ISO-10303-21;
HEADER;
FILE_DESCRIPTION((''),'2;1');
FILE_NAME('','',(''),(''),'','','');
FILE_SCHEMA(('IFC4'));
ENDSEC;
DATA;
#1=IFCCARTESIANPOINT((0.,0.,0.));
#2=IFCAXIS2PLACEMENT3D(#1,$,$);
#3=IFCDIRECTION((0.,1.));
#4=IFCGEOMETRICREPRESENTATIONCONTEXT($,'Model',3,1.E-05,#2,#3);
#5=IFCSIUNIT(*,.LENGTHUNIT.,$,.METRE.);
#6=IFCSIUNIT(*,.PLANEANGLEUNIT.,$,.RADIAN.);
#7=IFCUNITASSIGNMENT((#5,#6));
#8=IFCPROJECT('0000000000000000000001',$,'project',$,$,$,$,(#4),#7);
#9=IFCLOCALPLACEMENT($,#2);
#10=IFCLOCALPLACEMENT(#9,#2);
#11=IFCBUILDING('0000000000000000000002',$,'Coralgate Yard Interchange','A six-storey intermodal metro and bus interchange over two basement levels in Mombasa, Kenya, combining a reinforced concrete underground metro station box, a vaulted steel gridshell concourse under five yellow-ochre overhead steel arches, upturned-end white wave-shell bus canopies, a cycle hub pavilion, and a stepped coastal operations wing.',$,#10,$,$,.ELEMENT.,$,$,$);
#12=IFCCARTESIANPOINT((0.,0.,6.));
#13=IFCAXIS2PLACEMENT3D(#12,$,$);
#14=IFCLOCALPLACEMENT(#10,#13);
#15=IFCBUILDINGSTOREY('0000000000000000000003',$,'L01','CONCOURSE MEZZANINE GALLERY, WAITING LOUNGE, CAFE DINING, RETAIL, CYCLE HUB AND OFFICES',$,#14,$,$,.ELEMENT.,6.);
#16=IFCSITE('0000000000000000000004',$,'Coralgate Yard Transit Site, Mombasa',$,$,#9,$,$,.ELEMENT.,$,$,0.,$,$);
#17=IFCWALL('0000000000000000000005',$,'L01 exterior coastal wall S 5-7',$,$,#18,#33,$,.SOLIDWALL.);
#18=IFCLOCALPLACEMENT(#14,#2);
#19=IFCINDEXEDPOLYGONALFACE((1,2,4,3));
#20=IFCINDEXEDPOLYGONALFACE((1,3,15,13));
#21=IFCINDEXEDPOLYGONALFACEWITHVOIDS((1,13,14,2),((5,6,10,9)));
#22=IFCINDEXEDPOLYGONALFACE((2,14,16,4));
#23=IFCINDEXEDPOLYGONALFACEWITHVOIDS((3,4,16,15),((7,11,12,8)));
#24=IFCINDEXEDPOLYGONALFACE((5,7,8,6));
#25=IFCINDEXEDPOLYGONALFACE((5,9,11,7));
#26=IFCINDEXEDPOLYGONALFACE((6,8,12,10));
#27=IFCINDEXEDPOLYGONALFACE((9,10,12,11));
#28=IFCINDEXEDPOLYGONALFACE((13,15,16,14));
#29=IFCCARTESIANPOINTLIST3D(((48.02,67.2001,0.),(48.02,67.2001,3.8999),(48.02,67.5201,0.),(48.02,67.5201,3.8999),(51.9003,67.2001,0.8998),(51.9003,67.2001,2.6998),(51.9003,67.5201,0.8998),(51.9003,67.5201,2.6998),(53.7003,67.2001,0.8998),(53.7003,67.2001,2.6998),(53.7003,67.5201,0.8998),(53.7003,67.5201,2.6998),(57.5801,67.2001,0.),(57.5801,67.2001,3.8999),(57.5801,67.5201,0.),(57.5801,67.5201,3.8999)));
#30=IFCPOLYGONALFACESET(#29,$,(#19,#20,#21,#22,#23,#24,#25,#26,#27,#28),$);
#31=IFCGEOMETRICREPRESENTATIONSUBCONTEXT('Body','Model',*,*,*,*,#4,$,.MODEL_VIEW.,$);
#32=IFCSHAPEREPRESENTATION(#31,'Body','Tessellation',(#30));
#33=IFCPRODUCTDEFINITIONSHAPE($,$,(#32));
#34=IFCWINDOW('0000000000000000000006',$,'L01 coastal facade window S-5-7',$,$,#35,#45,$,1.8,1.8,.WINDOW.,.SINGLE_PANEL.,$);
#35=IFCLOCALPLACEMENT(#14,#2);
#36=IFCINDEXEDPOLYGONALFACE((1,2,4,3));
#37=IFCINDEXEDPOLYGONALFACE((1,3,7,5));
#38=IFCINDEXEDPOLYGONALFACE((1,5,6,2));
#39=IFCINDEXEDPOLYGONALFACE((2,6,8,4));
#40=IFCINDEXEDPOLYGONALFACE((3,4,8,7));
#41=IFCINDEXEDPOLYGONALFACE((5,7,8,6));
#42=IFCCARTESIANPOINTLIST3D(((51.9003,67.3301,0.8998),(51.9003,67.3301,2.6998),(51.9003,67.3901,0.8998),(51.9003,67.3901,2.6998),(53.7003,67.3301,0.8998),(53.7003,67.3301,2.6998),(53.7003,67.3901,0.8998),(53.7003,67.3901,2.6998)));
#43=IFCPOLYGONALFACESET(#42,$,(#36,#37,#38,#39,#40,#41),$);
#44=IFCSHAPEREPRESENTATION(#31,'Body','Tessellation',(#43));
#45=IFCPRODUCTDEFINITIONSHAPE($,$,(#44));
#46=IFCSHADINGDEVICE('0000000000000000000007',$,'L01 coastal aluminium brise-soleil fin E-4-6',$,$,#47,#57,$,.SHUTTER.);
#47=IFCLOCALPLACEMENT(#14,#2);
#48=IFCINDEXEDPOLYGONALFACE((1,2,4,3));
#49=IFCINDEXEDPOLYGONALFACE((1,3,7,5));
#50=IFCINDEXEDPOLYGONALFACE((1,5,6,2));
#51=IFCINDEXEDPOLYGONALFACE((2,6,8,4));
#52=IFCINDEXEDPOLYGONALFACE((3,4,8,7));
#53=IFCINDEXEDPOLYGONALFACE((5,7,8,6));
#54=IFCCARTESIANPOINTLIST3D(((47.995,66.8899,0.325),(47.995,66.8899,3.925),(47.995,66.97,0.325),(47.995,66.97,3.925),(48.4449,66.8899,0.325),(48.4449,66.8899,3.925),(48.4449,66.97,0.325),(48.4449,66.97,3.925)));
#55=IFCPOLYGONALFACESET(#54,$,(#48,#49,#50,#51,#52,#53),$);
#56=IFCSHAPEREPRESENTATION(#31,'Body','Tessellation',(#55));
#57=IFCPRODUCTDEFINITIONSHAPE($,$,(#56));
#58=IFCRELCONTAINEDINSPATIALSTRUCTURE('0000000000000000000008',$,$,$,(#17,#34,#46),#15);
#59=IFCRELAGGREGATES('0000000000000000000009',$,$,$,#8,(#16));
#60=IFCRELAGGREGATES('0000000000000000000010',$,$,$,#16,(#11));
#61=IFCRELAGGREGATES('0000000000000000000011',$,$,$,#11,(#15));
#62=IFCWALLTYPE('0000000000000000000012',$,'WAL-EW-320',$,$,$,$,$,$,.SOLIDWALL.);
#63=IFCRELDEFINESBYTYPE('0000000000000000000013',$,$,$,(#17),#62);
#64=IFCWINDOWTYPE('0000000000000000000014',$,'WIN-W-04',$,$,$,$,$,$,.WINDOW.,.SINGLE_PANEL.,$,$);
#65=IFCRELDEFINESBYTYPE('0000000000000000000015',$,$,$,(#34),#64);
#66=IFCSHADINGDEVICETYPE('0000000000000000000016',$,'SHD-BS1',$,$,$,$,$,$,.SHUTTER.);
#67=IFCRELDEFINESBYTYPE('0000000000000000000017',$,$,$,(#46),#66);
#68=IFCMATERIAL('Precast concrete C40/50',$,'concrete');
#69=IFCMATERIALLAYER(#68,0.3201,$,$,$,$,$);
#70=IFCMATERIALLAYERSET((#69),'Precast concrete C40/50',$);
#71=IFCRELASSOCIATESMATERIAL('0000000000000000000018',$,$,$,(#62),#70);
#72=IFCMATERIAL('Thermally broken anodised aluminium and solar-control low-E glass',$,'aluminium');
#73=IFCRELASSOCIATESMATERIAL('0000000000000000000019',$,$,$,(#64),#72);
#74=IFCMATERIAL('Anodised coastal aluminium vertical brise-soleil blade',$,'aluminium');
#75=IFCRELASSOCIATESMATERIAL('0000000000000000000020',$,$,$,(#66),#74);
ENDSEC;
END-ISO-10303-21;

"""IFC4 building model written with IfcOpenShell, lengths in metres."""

from ifc_helpers import new_model, si_unit, direction, frame, frame_2d, origin, origin_2d, place, context, subcontext, project, spatial, rectangle, extrude, material, layer, layer_set, type_object, element, fill, save


model = new_model("IFC4")

# Units and contexts
model_context = context("Model", 3, precision=1e-05, world=origin(), true_north=direction((0.0, 1.0)))
body_context = subcontext(model_context, "Body", "Model", "MODEL_VIEW")
ifc_project = project(units=[si_unit("LENGTHUNIT", "METRE"), si_unit("PLANEANGLEUNIT", "RADIAN")], contexts=[model_context])

# Site, building, storey
site_placement = place(None, origin())
site = spatial("IfcSite", under=ifc_project, at=site_placement, Name="Coralgate Yard Transit Site, Mombasa", CompositionType="ELEMENT", RefElevation=0.0)
building_placement = place(site_placement, origin())
building = spatial("IfcBuilding", under=site, at=building_placement, Name="Coralgate Yard Interchange", Description="A six-storey intermodal metro and bus interchange over two basement levels in Mombasa, Kenya, combining a reinforced concrete underground metro station box, a vaulted steel gridshell concourse under five yellow-ochre overhead steel arches, upturned-end white wave-shell bus canopies, a cycle hub pavilion, and a stepped coastal operations wing.", CompositionType="ELEMENT")
storey_placement = place(building_placement, frame((0.0, 0.0, 6.0)))
storey = spatial("IfcBuildingStorey", under=building, at=storey_placement, Name="L01", Description="CONCOURSE MEZZANINE GALLERY, WAITING LOUNGE, CAFE DINING, RETAIL, CYCLE HUB AND OFFICES", CompositionType="ELEMENT", Elevation=6.0)

# Wall, opening, window
ifc_material_1 = material(Name="Precast concrete C40/50", Category="concrete")
ifc_layer_1 = layer(ifc_material_1, 0.3201)
ifc_layer_set_1 = layer_set([ifc_layer_1], Name="Precast concrete C40/50")
wall_type = type_object("IfcWallType", Name="WAL-EW-320", PredefinedType="SOLIDWALL", material=ifc_layer_set_1)
wall_placement = place(storey_placement, frame((57.5801, 67.3601, 0.0), z_axis=(0.0, 0.0, 1.0), x_axis=(-1.0, 0.0, 0.0)))
wall = element("IfcWall", 1, at=wall_placement, inside=storey, type_object=wall_type, Name="L01 exterior coastal wall S 5-7", PredefinedType="SOLIDWALL", context=body_context, shape_type="SweptSolid", body=[
    extrude(rectangle(XDim=9.5601, YDim=0.3201, at=frame_2d((4.78, 0.0))), origin(), (0.0, 0.0, 1.0), 3.8999),
])
opening_placement = place(wall_placement, frame((3.8799, 0.0, 0.8999)))
opening = element("IfcOpeningElement", 2, at=opening_placement, cuts=wall, PredefinedType="OPENING", context=body_context, shape_type="SweptSolid", body=[
    extrude(rectangle(XDim=1.8, YDim=1.8, at=frame_2d((0.8999, 0.8999))), frame((0.0, 0.1699, 0.0), z_axis=(0.0, -1.0, 0.0), x_axis=(1.0, 0.0, 0.0)), (0.0, 0.0, 1.0), 0.3401),
])
ifc_material_2 = material(Name="Thermally broken anodised aluminium and solar-control low-E glass", Category="aluminium")
window_type = type_object("IfcWindowType", Name="WIN-W-04", PartitioningType="SINGLE_PANEL", PredefinedType="WINDOW", material=ifc_material_2)
window_placement = place(opening_placement, origin())
window = element("IfcWindow", 3, at=window_placement, inside=storey, type_object=window_type, Name="L01 coastal facade window S-5-7", OverallHeight=1.8, OverallWidth=1.8, PartitioningType="SINGLE_PANEL", PredefinedType="WINDOW", context=body_context, shape_type="SweptSolid", body=[
    extrude(rectangle(XDim=1.8, YDim=1.8, at=frame_2d((0.8999, 0.8999))), frame((0.0, 0.03, 0.0), z_axis=(0.0, -1.0, 0.0), x_axis=(1.0, 0.0, 0.0)), (0.0, 0.0, 1.0), 0.0601),
])
fill(opening, window)

# Shading device
ifc_material_3 = material(Name="Anodised coastal aluminium vertical brise-soleil blade", Category="aluminium")
shading_device_type = type_object("IfcShadingDeviceType", Name="SHD-BS1", PredefinedType="SHUTTER", material=ifc_material_3)
shading_device_placement = place(storey_placement, frame((48.22, 66.9299, 0.325), z_axis=(0.0, 0.0, 1.0), x_axis=(0.0, -1.0, 0.0)))
element("IfcShadingDevice", 4, at=shading_device_placement, inside=storey, type_object=shading_device_type, Name="L01 coastal aluminium brise-soleil fin E-4-6", PredefinedType="SHUTTER", context=body_context, shape_type="SweptSolid", body=[
    extrude(rectangle(XDim=0.0801, YDim=0.45, at=origin_2d()), origin(), (0.0, 0.0, 1.0), 3.6001),
])

save(model, "model.ifc")
